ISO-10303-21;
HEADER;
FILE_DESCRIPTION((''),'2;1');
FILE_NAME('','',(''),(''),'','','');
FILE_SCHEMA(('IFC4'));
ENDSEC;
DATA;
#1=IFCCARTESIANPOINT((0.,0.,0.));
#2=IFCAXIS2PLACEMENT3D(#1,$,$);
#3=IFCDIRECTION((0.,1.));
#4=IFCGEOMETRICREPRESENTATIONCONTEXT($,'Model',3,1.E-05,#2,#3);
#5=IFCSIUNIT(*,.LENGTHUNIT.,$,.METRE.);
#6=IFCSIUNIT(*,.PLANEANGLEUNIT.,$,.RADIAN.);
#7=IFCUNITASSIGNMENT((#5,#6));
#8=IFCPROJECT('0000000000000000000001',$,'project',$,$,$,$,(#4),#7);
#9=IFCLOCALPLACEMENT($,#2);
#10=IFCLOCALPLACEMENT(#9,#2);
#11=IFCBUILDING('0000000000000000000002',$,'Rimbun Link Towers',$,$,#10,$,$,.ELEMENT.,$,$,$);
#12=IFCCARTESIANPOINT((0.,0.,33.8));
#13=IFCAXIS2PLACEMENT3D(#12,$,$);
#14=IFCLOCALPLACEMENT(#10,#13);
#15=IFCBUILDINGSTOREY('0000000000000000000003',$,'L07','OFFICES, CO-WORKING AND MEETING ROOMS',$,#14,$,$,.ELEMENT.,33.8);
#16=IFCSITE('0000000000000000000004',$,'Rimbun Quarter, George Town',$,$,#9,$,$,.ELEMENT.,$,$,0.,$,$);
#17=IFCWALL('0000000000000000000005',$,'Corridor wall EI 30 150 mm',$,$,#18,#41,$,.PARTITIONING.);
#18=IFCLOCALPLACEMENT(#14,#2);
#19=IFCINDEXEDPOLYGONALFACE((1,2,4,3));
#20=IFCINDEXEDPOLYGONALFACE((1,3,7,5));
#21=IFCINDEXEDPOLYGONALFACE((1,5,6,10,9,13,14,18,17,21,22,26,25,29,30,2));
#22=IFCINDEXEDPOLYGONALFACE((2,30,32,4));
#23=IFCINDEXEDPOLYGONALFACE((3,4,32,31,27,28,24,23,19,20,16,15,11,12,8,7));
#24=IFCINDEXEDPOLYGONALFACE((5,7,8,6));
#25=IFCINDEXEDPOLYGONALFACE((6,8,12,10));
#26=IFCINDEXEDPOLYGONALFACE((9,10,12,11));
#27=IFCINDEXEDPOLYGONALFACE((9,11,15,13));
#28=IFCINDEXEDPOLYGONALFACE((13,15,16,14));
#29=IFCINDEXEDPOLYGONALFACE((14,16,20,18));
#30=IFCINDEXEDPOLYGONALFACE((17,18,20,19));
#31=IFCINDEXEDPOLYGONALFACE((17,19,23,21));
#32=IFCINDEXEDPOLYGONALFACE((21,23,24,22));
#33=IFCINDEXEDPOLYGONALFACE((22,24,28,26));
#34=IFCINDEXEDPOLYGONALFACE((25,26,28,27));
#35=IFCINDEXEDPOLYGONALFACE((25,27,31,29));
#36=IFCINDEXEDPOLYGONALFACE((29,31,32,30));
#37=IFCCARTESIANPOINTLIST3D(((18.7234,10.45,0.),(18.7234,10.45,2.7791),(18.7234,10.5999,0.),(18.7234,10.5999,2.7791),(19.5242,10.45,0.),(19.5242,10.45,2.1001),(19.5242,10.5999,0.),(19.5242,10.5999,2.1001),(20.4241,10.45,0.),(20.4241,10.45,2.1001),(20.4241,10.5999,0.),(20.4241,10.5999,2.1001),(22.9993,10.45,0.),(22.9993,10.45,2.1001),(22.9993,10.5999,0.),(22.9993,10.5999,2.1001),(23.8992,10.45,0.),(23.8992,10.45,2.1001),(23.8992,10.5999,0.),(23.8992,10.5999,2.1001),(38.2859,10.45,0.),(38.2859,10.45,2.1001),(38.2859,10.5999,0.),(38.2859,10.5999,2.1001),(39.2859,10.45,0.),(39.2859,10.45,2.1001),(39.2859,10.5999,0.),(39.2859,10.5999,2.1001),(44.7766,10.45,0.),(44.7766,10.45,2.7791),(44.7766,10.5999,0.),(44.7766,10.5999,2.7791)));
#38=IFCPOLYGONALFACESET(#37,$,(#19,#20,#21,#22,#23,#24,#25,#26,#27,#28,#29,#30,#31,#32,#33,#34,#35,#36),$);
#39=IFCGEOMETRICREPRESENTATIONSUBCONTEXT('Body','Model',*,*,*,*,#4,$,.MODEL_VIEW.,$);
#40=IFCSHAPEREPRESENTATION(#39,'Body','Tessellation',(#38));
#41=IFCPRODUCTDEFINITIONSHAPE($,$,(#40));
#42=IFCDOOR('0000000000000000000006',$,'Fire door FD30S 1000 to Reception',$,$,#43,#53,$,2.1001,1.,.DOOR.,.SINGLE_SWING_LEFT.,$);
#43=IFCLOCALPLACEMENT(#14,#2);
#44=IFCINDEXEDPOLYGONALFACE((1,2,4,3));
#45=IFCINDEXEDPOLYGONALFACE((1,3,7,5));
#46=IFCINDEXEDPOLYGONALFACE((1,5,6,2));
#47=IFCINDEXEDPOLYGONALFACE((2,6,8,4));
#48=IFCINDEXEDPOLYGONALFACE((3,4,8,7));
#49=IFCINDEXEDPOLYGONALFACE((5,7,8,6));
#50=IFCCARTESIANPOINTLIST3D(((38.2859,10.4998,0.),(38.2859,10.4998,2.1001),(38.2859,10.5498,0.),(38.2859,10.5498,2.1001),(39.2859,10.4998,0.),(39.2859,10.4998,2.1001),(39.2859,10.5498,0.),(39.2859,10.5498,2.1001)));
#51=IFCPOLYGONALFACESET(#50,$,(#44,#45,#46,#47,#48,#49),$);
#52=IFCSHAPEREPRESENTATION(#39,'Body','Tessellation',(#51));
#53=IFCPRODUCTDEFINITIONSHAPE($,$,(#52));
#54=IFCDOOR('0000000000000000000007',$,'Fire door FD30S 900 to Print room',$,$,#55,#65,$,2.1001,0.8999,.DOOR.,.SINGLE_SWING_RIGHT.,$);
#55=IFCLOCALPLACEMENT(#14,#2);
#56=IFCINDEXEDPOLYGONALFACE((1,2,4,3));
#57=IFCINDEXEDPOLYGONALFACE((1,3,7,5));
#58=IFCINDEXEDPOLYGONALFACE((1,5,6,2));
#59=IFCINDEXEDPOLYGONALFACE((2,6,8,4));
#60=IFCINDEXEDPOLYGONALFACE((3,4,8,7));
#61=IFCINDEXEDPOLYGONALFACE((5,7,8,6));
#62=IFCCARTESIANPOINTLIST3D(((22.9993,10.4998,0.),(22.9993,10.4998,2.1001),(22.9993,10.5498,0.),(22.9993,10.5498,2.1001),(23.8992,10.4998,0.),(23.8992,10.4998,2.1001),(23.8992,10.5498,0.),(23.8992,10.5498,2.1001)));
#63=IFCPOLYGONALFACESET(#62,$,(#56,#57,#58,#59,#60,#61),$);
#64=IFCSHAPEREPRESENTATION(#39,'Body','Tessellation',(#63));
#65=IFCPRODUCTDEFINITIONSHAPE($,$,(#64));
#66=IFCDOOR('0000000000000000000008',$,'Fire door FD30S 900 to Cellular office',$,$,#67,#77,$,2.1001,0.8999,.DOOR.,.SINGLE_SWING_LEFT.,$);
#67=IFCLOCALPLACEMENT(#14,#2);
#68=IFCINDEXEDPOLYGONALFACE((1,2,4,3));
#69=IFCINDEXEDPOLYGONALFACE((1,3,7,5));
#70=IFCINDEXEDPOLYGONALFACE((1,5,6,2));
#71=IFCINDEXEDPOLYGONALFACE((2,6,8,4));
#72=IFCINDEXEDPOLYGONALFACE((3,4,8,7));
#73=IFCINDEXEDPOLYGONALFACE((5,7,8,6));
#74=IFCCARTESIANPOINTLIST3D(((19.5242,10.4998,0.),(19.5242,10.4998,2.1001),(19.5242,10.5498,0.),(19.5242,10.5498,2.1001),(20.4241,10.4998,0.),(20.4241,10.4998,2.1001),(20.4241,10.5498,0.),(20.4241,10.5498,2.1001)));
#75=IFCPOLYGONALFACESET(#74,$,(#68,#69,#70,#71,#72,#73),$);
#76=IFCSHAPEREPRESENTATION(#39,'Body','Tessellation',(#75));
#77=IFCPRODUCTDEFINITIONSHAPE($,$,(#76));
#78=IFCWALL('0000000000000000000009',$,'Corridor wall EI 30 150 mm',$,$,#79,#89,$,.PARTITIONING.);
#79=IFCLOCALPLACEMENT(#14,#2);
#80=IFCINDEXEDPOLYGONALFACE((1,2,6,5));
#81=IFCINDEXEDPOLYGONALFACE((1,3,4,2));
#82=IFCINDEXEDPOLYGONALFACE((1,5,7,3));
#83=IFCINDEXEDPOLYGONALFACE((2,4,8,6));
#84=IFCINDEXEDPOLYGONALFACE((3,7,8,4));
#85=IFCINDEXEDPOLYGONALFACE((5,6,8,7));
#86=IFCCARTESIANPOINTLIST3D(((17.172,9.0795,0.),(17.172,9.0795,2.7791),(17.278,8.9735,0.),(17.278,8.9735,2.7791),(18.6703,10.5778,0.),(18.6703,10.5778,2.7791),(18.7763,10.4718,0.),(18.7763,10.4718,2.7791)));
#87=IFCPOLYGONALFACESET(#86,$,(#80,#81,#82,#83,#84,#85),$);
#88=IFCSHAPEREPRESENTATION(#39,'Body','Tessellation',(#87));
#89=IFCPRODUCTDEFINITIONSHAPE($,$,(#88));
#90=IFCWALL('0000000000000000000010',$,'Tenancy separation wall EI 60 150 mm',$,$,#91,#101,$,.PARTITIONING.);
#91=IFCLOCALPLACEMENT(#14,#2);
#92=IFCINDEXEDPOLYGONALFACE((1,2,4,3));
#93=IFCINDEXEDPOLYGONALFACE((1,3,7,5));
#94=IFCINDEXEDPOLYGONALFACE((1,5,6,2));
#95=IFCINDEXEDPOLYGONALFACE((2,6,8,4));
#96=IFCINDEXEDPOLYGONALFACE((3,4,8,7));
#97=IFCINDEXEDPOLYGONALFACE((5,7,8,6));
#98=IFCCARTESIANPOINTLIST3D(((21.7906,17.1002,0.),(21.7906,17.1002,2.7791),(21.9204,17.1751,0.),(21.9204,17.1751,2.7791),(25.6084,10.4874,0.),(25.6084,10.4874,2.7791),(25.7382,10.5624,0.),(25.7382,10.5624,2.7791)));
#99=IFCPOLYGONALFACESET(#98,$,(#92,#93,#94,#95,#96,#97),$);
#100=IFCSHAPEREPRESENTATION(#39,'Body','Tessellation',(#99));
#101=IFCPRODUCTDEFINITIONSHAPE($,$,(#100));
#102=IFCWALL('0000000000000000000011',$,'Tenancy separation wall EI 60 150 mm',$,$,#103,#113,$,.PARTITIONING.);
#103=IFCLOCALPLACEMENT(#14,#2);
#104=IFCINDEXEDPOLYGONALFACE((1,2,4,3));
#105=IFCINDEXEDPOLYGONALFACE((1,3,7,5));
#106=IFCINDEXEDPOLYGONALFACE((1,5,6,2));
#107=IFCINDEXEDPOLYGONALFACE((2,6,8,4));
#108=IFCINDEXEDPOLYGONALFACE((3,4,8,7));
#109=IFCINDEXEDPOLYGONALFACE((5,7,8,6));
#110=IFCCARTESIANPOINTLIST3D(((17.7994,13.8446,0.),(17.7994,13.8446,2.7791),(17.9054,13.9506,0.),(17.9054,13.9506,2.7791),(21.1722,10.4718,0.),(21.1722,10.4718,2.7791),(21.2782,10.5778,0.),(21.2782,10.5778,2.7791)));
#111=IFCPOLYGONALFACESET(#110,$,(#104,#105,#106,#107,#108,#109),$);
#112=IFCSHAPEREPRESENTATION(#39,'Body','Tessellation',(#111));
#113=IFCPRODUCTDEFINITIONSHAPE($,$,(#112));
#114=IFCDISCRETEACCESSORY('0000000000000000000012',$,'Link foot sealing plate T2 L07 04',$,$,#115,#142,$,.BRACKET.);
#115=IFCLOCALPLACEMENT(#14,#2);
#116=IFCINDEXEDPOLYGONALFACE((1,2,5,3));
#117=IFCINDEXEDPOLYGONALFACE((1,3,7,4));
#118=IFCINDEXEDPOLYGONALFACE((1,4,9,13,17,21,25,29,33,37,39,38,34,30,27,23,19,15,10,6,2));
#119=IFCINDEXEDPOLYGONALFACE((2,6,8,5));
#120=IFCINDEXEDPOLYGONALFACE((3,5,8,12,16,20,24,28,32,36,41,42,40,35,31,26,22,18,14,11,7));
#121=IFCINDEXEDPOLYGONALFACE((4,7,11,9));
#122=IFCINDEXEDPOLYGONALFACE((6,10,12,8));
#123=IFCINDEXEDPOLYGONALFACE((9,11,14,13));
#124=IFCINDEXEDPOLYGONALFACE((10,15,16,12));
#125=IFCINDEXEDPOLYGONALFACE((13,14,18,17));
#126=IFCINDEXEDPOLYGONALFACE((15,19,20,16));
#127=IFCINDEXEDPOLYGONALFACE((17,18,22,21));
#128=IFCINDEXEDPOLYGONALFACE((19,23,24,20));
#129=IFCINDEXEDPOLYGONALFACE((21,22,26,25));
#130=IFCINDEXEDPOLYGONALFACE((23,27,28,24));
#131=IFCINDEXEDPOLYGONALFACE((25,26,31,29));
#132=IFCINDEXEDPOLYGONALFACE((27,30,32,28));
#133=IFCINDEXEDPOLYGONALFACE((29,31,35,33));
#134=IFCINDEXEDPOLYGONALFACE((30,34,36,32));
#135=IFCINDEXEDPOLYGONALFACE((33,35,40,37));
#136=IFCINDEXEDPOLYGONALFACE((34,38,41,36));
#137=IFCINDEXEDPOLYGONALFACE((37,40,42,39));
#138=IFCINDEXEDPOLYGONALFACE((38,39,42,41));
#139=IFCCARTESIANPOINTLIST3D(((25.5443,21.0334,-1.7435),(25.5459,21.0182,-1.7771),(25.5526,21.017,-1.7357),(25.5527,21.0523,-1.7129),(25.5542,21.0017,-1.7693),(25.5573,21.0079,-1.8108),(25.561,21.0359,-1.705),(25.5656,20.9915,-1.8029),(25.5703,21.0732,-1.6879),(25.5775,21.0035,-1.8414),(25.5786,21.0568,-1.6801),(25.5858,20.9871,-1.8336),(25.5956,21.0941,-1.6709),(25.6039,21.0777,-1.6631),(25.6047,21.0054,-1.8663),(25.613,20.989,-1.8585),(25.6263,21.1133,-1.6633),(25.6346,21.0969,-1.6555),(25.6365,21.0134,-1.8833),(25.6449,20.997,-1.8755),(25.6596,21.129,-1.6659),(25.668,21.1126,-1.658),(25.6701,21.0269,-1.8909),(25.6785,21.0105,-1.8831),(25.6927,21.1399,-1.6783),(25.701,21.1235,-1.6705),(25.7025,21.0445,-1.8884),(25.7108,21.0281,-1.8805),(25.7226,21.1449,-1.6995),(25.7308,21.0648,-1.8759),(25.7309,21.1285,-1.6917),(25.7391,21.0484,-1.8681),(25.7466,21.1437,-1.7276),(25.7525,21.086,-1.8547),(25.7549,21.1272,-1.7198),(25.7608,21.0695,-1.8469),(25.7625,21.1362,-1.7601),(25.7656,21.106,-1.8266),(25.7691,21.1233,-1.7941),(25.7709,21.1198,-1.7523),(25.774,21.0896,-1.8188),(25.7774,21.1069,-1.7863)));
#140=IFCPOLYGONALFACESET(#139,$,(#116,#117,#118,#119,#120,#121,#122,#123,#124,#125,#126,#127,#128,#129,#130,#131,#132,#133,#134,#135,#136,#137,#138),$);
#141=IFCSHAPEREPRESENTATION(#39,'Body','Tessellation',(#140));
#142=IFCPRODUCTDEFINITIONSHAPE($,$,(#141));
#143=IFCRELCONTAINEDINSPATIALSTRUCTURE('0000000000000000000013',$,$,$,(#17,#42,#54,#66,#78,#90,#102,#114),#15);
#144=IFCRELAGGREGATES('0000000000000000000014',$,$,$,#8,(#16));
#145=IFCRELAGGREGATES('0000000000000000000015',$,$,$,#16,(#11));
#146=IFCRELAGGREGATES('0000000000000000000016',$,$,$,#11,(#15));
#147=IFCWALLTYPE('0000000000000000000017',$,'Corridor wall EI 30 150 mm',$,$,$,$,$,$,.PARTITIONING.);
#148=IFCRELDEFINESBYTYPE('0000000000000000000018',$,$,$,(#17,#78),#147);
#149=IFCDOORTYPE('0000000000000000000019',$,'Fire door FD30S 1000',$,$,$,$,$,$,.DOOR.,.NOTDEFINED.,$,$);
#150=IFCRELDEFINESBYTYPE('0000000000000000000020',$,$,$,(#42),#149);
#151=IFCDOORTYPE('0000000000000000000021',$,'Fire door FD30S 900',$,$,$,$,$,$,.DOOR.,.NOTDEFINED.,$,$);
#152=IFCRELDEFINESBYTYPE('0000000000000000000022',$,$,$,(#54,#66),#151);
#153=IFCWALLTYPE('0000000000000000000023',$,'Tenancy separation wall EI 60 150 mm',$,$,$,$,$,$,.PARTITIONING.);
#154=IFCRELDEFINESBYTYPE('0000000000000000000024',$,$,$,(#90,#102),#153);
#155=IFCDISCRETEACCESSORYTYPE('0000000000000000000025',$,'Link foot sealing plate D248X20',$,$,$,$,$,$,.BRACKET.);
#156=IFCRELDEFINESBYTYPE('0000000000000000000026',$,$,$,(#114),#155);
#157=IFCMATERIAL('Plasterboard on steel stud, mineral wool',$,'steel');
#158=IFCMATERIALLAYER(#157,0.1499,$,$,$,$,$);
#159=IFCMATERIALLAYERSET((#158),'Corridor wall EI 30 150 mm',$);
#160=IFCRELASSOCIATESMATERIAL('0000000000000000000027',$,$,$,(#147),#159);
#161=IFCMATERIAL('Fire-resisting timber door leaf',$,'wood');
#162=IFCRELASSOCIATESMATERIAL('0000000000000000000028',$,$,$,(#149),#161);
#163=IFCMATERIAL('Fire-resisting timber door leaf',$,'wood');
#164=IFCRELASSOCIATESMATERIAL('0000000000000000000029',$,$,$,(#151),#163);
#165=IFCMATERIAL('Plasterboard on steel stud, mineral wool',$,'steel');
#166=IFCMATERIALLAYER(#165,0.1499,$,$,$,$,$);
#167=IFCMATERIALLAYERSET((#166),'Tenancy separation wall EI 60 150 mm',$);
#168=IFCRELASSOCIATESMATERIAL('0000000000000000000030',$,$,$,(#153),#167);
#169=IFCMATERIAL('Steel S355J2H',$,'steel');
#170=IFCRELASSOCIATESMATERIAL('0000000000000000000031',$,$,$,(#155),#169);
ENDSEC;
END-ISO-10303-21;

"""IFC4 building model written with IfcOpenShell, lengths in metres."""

from ifc_helpers import new_model, si_unit, direction, frame, frame_2d, origin, origin_2d, place, context, subcontext, project, spatial, rectangle, circle, extrude, material, layer, layer_set, material_profile, profile_set, type_object, element, fill, save


model = new_model("IFC4")

# Units and contexts
model_context = context("Model", 3, precision=1e-05, world=origin(), true_north=direction((0.0, 1.0)))
body_context = subcontext(model_context, "Body", "Model", "MODEL_VIEW")
ifc_project = project(units=[si_unit("LENGTHUNIT", "METRE"), si_unit("PLANEANGLEUNIT", "RADIAN")], contexts=[model_context])

# Site, building, storey
site_placement = place(None, origin())
site = spatial("IfcSite", under=ifc_project, at=site_placement, Name="Rimbun Quarter, George Town", CompositionType="ELEMENT", RefElevation=0.0)
building_placement = place(site_placement, origin())
building = spatial("IfcBuilding", under=site, at=building_placement, Name="Rimbun Link Towers", CompositionType="ELEMENT")
storey_placement = place(building_placement, frame((0.0, 0.0, 33.8)))
storey = spatial("IfcBuildingStorey", under=building, at=storey_placement, Name="L07", Description="OFFICES, CO-WORKING AND MEETING ROOMS", CompositionType="ELEMENT", Elevation=33.8)

# Wall, openings, doors
ifc_material_1 = material(Name="Plasterboard on steel stud, mineral wool", Category="steel")
ifc_layer_1 = layer(ifc_material_1, 0.1499)
ifc_layer_set_1 = layer_set([ifc_layer_1], Name="Corridor wall EI 30 150 mm")
wall_type_1 = type_object("IfcWallType", Name="Corridor wall EI 30 150 mm", PredefinedType="PARTITIONING", material=ifc_layer_set_1)
wall_1_placement = place(storey_placement, frame((18.7234, 10.5249, 0.0), z_axis=(0.0, 0.0, 1.0), x_axis=(1.0, 0.0, 0.0)))
wall_1 = element("IfcWall", 1, at=wall_1_placement, inside=storey, type_object=wall_type_1, Name="Corridor wall EI 30 150 mm", PredefinedType="PARTITIONING", context=body_context, shape_type="SweptSolid", body=[
    extrude(rectangle(XDim=26.0532, YDim=0.1499, at=frame_2d((13.0266, 0.0))), origin(), (0.0, 0.0, 1.0), 2.7791),
])
opening_1_placement = place(wall_1_placement, frame((19.5625, 0.0, 0.0)))
opening_1 = element("IfcOpeningElement", 2, at=opening_1_placement, cuts=wall_1, PredefinedType="OPENING", context=body_context, shape_type="SweptSolid", body=[
    extrude(rectangle(XDim=1.0, YDim=2.1001, at=frame_2d((0.5, 1.05))), frame((0.0, 0.085, 0.0), z_axis=(0.0, -1.0, 0.0), x_axis=(1.0, 0.0, 0.0)), (0.0, 0.0, 1.0), 0.1699),
])
opening_2_placement = place(wall_1_placement, frame((4.2759, 0.0, 0.0)))
opening_2 = element("IfcOpeningElement", 3, at=opening_2_placement, cuts=wall_1, PredefinedType="OPENING", context=body_context, shape_type="SweptSolid", body=[
    extrude(rectangle(XDim=0.8999, YDim=2.1001, at=frame_2d((0.45, 1.05))), frame((0.0, 0.085, 0.0), z_axis=(0.0, -1.0, 0.0), x_axis=(1.0, 0.0, 0.0)), (0.0, 0.0, 1.0), 0.1699),
])
opening_3_placement = place(wall_1_placement, frame((0.8008, 0.0, 0.0)))
opening_3 = element("IfcOpeningElement", 4, at=opening_3_placement, cuts=wall_1, PredefinedType="OPENING", context=body_context, shape_type="SweptSolid", body=[
    extrude(rectangle(XDim=0.8999, YDim=2.1001, at=frame_2d((0.45, 1.05))), frame((0.0, 0.085, 0.0), z_axis=(0.0, -1.0, 0.0), x_axis=(1.0, 0.0, 0.0)), (0.0, 0.0, 1.0), 0.1699),
])
ifc_material_2 = material(Name="Fire-resisting timber door leaf", Category="wood")
door_type_1 = type_object("IfcDoorType", Name="Fire door FD30S 1000", OperationType="NOTDEFINED", PredefinedType="DOOR", material=ifc_material_2)
door_1_placement = place(opening_1_placement, origin())
door_1 = element("IfcDoor", 5, at=door_1_placement, inside=storey, type_object=door_type_1, Name="Fire door FD30S 1000 to Reception", OperationType="SINGLE_SWING_LEFT", OverallHeight=2.1001, OverallWidth=1.0, PredefinedType="DOOR", context=body_context, shape_type="SweptSolid", body=[
    extrude(rectangle(XDim=1.0, YDim=2.1001, at=frame_2d((0.5, 1.05))), frame((0.0, 0.0249, 0.0), z_axis=(0.0, -1.0, 0.0), x_axis=(1.0, 0.0, 0.0)), (0.0, 0.0, 1.0), 0.05),
])
fill(opening_1, door_1)
ifc_material_3 = material(Name="Fire-resisting timber door leaf", Category="wood")
door_type_2 = type_object("IfcDoorType", Name="Fire door FD30S 900", OperationType="NOTDEFINED", PredefinedType="DOOR", material=ifc_material_3)
door_2_placement = place(opening_2_placement, origin())
door_2 = element("IfcDoor", 6, at=door_2_placement, inside=storey, type_object=door_type_2, Name="Fire door FD30S 900 to Print room", OperationType="SINGLE_SWING_RIGHT", OverallHeight=2.1001, OverallWidth=0.8999, PredefinedType="DOOR", context=body_context, shape_type="SweptSolid", body=[
    extrude(rectangle(XDim=0.8999, YDim=2.1001, at=frame_2d((0.45, 1.05))), frame((0.0, 0.0249, 0.0), z_axis=(0.0, -1.0, 0.0), x_axis=(1.0, 0.0, 0.0)), (0.0, 0.0, 1.0), 0.05),
])
fill(opening_2, door_2)
door_3_placement = place(opening_3_placement, origin())
door_3 = element("IfcDoor", 7, at=door_3_placement, inside=storey, type_object=door_type_2, Name="Fire door FD30S 900 to Cellular office", OperationType="SINGLE_SWING_LEFT", OverallHeight=2.1001, OverallWidth=0.8999, PredefinedType="DOOR", context=body_context, shape_type="SweptSolid", body=[
    extrude(rectangle(XDim=0.8999, YDim=2.1001, at=frame_2d((0.45, 1.05))), frame((0.0, 0.0249, 0.0), z_axis=(0.0, -1.0, 0.0), x_axis=(1.0, 0.0, 0.0)), (0.0, 0.0, 1.0), 0.05),
])
fill(opening_3, door_3)

# Walls
wall_2_placement = place(storey_placement, frame((18.7234, 10.5249, 0.0), z_axis=(0.0, 0.0, 1.0), x_axis=(-0.707107, -0.707107, 0.0)))
element("IfcWall", 8, at=wall_2_placement, inside=storey, type_object=wall_type_1, Name="Corridor wall EI 30 150 mm", PredefinedType="PARTITIONING", context=body_context, shape_type="SweptSolid", body=[
    extrude(rectangle(XDim=2.1189, YDim=0.1499, at=frame_2d((1.0596, 0.0))), origin(), (0.0, 0.0, 1.0), 2.7791),
])
ifc_material_4 = material(Name="Plasterboard on steel stud, mineral wool", Category="steel")
ifc_layer_2 = layer(ifc_material_4, 0.1499)
ifc_layer_set_2 = layer_set([ifc_layer_2], Name="Tenancy separation wall EI 60 150 mm")
wall_type_2 = type_object("IfcWallType", Name="Tenancy separation wall EI 60 150 mm", PredefinedType="PARTITIONING", material=ifc_layer_set_2)
wall_3_placement = place(storey_placement, frame((25.6733, 10.5249, 0.0), z_axis=(0.0, 0.0, 1.0), x_axis=(-0.499997, 0.866027, 0.0)))
element("IfcWall", 9, at=wall_3_placement, inside=storey, type_object=wall_type_2, Name="Tenancy separation wall EI 60 150 mm", PredefinedType="PARTITIONING", context=body_context, shape_type="SweptSolid", body=[
    extrude(rectangle(XDim=7.6357, YDim=0.1499, at=frame_2d((3.8179, 0.0))), origin(), (0.0, 0.0, 1.0), 2.7791),
])
wall_4_placement = place(storey_placement, frame((21.2251, 10.5249, 0.0), z_axis=(0.0, 0.0, 1.0), x_axis=(-0.707107, 0.707107, 0.0)))
element("IfcWall", 10, at=wall_4_placement, inside=storey, type_object=wall_type_2, Name="Tenancy separation wall EI 60 150 mm", PredefinedType="PARTITIONING", context=body_context, shape_type="SweptSolid", body=[
    extrude(rectangle(XDim=4.7698, YDim=0.1499, at=frame_2d((2.3848, 0.0))), origin(), (0.0, 0.0, 1.0), 2.7791),
])

# Discrete accessory
ifc_material_5 = material(Name="Steel S355J2H", Category="steel")
ifc_material_profile_1 = material_profile(ifc_material_5, circle(Radius=0.124, at=origin_2d()), Name="PL D248")
ifc_profile_set_1 = profile_set([ifc_material_profile_1], Name="Steel S355J2H")
discrete_accessory_type = type_object("IfcDiscreteAccessoryType", Name="Link foot sealing plate D248X20", PredefinedType="BRACKET", material=ifc_profile_set_1)
discrete_accessory_placement = place(storey_placement, frame((25.6648, 21.0579, -1.7693), z_axis=(-0.41634, 0.820436, -0.39185), x_axis=(-0.891749, -0.45253, 0.0)))
element("IfcDiscreteAccessory", 11, at=discrete_accessory_placement, inside=storey, type_object=discrete_accessory_type, Name="Link foot sealing plate T2 L07 04", PredefinedType="BRACKET", context=body_context, shape_type="SweptSolid", body=[
    extrude(circle(Radius=0.124, at=origin_2d()), origin(), (0.0, 0.0, 1.0), 0.02),
])

save(model, "model.ifc")
